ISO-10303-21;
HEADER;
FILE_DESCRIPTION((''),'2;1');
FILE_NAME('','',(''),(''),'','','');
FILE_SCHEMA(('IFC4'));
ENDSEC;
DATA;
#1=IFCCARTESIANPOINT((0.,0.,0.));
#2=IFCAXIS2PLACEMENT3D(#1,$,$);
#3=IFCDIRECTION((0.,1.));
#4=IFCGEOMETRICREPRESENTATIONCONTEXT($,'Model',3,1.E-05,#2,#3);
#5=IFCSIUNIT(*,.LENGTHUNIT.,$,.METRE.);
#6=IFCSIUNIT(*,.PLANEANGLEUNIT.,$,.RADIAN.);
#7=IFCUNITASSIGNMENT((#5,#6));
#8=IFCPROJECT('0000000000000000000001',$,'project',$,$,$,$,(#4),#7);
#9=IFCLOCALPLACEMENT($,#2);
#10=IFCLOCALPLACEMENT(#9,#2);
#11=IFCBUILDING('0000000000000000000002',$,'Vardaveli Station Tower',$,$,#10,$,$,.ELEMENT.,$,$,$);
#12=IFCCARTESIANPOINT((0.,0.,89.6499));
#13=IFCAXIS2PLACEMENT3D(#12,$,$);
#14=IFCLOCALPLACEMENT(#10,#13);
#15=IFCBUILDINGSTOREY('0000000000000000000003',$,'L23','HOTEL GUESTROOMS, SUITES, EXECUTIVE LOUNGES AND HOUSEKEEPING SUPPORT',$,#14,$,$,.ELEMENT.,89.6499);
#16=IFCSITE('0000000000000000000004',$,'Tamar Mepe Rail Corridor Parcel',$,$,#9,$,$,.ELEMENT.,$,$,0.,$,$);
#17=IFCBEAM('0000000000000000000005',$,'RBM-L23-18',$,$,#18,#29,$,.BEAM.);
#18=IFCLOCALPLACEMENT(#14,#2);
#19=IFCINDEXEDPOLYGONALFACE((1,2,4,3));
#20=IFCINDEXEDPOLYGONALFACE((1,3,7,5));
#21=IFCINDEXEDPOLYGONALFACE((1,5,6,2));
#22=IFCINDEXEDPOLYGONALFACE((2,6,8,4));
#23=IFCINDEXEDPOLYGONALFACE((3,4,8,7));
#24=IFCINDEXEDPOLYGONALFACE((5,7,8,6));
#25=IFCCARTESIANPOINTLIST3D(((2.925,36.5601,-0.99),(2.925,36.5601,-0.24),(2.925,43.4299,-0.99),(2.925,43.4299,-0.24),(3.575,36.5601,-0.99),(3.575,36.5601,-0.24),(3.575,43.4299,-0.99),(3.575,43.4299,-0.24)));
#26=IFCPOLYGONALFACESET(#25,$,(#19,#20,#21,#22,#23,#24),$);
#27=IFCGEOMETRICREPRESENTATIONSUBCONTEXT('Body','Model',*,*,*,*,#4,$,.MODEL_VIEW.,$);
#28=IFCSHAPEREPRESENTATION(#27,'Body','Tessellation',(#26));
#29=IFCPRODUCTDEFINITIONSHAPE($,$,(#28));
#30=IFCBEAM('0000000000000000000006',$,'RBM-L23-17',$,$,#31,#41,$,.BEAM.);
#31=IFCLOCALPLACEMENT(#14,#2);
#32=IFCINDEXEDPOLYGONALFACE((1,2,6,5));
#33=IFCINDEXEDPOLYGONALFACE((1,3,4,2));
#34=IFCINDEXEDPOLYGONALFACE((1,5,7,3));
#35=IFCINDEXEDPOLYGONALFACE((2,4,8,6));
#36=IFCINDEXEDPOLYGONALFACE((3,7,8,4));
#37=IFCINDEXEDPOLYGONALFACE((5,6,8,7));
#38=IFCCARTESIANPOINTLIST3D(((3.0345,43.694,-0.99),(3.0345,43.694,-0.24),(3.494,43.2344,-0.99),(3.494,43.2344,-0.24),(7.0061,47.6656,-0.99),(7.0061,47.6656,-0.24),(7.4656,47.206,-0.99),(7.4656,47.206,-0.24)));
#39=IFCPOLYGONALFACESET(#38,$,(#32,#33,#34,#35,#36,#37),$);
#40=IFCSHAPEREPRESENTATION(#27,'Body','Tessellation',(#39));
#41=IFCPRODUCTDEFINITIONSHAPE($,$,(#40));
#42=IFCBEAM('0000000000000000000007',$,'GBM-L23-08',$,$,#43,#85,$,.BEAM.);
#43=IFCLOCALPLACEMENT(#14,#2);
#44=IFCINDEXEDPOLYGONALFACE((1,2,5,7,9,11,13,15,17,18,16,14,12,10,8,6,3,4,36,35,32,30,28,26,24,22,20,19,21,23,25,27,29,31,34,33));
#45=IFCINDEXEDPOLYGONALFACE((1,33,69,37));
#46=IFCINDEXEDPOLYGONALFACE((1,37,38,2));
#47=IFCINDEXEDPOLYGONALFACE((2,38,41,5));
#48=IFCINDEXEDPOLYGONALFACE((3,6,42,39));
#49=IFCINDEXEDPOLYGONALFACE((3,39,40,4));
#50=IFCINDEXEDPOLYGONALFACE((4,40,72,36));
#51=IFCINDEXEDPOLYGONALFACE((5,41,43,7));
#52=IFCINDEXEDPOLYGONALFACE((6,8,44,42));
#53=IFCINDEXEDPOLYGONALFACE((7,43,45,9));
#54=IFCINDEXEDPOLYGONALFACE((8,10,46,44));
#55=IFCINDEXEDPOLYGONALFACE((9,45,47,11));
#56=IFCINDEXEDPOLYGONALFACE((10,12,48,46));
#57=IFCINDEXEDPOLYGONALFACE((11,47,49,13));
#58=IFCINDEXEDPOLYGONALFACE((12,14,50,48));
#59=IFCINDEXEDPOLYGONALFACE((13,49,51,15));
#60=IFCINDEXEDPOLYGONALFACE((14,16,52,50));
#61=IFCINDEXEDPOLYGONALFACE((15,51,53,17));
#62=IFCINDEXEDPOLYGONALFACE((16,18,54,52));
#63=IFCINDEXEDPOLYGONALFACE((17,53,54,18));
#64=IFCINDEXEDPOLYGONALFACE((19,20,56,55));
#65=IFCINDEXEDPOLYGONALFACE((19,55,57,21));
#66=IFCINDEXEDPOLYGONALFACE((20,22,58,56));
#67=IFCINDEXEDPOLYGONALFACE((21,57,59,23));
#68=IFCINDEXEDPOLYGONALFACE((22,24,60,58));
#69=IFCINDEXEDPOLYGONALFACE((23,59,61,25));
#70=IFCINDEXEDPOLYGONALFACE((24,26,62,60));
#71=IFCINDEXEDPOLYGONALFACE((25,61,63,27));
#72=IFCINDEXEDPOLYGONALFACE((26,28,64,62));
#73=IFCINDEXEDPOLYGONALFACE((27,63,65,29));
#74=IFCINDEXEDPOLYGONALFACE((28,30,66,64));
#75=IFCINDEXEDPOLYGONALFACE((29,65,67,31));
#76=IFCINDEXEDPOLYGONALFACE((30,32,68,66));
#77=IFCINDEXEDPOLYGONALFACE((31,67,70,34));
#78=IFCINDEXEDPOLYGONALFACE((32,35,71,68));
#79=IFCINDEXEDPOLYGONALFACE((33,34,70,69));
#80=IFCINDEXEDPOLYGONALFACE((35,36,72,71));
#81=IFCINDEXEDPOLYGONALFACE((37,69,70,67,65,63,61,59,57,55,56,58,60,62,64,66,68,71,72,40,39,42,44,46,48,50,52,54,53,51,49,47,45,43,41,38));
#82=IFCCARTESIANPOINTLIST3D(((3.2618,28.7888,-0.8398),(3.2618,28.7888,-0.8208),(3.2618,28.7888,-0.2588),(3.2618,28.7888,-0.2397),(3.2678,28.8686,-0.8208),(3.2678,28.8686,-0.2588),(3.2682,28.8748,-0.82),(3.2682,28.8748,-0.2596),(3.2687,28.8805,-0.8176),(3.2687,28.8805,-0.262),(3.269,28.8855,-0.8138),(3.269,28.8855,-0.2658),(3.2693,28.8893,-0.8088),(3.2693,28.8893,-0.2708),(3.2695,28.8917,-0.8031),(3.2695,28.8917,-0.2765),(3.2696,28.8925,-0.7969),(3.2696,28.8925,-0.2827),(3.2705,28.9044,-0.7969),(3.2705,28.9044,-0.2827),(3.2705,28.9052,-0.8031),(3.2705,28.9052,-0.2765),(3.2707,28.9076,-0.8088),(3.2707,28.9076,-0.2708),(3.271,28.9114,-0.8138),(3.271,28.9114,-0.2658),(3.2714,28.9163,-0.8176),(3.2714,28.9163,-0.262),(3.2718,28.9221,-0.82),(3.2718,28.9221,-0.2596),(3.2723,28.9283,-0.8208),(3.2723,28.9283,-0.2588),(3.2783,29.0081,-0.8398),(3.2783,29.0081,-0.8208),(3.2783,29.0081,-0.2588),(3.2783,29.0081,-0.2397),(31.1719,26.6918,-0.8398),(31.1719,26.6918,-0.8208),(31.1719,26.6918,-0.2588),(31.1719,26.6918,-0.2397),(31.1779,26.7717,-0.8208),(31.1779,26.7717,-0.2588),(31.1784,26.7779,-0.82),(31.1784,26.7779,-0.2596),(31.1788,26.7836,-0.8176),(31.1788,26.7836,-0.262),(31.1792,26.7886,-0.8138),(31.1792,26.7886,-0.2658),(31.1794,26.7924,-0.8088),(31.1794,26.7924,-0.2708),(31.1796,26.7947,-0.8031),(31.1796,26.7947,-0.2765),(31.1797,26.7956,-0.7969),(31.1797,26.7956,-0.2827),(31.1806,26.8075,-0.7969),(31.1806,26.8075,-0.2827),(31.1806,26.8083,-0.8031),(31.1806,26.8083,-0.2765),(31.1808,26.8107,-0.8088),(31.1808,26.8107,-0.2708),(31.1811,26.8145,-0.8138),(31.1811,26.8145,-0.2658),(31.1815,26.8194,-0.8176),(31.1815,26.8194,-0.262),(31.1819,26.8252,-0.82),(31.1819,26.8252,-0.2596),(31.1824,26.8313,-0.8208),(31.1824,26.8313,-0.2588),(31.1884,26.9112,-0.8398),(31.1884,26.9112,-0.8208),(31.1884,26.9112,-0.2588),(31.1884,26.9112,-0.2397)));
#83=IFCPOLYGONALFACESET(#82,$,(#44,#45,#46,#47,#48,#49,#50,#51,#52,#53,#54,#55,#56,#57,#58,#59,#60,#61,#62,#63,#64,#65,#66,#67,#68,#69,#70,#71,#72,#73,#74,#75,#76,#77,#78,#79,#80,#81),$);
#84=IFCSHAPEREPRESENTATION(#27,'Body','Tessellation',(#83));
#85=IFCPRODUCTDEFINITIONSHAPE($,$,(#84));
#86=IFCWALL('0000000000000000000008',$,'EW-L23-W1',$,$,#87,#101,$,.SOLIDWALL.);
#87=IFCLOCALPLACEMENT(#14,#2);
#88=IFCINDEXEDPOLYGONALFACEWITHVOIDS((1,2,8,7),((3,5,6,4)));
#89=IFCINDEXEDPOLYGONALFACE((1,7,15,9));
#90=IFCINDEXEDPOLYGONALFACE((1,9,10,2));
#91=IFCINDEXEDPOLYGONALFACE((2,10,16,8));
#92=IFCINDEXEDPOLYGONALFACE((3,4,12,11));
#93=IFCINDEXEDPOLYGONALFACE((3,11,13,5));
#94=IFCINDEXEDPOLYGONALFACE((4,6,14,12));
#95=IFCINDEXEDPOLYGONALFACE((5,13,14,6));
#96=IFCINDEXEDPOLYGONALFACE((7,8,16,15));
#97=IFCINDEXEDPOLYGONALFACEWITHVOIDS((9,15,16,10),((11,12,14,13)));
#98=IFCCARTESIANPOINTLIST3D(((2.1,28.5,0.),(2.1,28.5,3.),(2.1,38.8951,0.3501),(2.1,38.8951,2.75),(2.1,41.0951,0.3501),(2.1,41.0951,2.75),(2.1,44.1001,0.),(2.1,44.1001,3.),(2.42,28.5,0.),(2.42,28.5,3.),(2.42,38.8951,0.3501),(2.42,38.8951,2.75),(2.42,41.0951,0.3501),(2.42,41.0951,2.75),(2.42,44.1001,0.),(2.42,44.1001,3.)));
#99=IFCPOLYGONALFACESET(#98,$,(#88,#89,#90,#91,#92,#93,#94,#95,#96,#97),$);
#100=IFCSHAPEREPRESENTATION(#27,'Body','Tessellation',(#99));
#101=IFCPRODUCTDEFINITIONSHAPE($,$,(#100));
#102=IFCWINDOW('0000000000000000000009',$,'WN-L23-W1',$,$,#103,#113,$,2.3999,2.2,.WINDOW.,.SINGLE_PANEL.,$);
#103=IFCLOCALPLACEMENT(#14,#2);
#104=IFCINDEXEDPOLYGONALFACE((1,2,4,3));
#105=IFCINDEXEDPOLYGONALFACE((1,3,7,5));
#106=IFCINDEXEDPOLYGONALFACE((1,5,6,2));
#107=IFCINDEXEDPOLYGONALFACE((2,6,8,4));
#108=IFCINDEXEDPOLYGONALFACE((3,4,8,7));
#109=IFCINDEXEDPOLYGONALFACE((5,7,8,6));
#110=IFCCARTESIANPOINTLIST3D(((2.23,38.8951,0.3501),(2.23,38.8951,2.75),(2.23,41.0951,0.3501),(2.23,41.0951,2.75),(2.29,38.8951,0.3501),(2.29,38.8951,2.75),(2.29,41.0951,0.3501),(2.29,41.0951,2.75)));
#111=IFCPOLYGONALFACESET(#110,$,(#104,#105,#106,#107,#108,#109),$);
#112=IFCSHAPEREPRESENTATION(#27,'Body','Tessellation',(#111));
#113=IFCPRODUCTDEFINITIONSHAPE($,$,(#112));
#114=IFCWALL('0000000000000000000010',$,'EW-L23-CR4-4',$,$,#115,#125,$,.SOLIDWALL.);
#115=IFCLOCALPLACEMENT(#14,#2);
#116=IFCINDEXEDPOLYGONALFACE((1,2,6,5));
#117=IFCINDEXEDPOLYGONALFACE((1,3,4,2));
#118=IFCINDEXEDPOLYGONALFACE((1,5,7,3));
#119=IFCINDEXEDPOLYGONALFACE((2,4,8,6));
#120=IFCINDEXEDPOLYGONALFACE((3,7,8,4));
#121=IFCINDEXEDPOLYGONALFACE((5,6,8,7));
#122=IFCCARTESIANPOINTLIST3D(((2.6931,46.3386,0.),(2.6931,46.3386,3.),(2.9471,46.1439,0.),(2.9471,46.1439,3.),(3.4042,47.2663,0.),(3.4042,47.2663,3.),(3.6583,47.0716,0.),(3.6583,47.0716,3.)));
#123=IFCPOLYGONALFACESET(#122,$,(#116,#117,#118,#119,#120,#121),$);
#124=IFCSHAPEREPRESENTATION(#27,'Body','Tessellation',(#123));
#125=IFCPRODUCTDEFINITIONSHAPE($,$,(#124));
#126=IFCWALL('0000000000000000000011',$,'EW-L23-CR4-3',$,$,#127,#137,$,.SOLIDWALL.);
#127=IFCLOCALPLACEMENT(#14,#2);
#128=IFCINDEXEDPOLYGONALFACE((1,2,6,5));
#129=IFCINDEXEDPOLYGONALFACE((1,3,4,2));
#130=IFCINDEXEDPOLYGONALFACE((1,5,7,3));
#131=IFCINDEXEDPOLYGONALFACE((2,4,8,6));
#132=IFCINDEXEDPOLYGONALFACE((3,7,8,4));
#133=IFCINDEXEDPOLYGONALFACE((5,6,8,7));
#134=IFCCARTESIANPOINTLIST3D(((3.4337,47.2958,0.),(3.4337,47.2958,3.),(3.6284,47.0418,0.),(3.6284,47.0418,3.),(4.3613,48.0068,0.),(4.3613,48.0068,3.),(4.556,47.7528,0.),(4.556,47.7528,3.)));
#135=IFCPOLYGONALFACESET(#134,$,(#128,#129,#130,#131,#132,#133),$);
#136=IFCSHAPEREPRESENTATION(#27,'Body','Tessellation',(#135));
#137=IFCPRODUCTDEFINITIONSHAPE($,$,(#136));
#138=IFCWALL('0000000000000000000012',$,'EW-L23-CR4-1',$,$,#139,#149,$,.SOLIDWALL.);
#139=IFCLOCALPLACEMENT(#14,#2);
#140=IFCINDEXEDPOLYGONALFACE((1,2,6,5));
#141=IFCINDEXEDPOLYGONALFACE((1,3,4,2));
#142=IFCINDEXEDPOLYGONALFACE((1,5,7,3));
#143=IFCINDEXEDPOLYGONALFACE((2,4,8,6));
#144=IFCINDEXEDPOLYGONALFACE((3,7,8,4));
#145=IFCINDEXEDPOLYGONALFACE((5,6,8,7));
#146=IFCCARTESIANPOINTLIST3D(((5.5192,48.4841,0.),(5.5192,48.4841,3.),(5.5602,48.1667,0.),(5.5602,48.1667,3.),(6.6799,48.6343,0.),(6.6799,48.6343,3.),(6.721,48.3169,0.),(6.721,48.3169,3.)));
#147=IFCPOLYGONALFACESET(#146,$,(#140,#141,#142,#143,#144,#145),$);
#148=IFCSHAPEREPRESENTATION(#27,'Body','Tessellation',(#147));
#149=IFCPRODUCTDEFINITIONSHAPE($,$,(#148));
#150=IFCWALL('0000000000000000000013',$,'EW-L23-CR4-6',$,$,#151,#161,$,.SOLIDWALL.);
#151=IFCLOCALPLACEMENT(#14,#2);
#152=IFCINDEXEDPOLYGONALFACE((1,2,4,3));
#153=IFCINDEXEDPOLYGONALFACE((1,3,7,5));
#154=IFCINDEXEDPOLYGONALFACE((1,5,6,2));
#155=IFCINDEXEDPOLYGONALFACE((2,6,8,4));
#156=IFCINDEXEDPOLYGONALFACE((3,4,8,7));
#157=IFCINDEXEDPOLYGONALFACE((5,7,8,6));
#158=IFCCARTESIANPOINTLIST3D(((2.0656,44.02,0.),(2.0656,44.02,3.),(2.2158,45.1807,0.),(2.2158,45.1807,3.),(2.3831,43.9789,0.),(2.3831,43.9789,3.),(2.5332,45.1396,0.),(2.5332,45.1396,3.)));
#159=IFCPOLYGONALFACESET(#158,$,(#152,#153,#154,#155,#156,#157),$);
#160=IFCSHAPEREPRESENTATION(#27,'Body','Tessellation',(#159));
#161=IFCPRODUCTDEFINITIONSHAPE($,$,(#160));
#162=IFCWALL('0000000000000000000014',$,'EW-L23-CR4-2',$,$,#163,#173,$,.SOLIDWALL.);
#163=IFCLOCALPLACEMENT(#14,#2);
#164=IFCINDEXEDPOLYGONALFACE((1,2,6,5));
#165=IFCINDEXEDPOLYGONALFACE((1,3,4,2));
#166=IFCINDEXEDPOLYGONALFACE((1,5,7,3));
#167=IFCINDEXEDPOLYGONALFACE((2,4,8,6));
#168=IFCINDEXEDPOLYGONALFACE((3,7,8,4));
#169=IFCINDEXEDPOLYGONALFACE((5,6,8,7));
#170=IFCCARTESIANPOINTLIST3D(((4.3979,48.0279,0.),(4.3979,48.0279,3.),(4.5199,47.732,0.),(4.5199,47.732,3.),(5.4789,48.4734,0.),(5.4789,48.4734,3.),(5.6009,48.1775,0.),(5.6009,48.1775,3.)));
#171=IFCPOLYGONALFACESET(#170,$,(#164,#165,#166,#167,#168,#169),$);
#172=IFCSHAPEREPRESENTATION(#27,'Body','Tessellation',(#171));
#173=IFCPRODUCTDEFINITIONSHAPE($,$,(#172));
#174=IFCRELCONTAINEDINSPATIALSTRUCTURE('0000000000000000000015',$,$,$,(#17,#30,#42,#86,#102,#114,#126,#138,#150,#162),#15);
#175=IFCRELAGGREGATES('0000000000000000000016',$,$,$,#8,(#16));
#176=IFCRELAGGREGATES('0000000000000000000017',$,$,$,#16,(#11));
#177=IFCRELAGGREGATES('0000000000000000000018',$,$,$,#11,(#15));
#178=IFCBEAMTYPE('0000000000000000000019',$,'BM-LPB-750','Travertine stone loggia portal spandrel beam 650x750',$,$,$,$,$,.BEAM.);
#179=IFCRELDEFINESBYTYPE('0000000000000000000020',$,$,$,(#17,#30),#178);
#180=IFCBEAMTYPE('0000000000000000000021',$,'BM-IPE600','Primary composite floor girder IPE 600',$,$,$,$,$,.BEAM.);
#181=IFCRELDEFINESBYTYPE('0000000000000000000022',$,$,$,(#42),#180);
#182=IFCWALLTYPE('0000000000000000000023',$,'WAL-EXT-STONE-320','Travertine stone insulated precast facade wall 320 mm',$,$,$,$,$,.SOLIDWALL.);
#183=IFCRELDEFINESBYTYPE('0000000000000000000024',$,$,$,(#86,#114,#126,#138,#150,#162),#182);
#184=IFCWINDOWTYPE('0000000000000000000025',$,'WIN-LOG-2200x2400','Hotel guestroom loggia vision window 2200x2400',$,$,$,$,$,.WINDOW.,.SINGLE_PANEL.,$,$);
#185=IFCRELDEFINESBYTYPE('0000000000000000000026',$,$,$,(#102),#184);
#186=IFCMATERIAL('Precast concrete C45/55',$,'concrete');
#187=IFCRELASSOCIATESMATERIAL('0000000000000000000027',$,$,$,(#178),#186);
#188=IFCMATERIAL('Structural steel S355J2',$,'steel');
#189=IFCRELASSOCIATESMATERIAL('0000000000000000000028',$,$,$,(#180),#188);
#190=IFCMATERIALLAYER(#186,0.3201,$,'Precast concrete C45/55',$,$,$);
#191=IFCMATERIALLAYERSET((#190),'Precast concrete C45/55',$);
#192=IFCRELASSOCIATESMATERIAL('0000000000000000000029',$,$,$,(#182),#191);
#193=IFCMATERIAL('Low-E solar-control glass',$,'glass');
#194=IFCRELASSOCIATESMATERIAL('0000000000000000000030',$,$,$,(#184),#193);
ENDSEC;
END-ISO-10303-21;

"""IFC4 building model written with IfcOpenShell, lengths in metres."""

from ifc_helpers import new_model, si_unit, direction, frame, frame_2d, origin, origin_2d, place, context, subcontext, project, spatial, rectangle, i_section, extrude, source, transform, mapped, material, layer, layer_set, material_profile, profile_set, type_object, element, fill, save


model = new_model("IFC4")

# Units and contexts
model_context = context("Model", 3, precision=1e-05, world=origin(), true_north=direction((0.0, 1.0)))
body_context = subcontext(model_context, "Body", "Model", "MODEL_VIEW")
ifc_project = project(units=[si_unit("LENGTHUNIT", "METRE"), si_unit("PLANEANGLEUNIT", "RADIAN")], contexts=[model_context])

# Site, building, storey
site_placement = place(None, origin())
site = spatial("IfcSite", under=ifc_project, at=site_placement, Name="Tamar Mepe Rail Corridor Parcel", CompositionType="ELEMENT", RefElevation=0.0)
building_placement = place(site_placement, origin())
building = spatial("IfcBuilding", under=site, at=building_placement, Name="Vardaveli Station Tower", CompositionType="ELEMENT")
storey_placement = place(building_placement, frame((0.0, 0.0, 89.6499)))
storey = spatial("IfcBuildingStorey", under=building, at=storey_placement, Name="L23", Description="HOTEL GUESTROOMS, SUITES, EXECUTIVE LOUNGES AND HOUSEKEEPING SUPPORT", CompositionType="ELEMENT", Elevation=89.6499)

# Beams
ifc_material_1 = material(Name="Precast concrete C45/55", Category="concrete")
ifc_material_profile_1 = material_profile(ifc_material_1, rectangle(XDim=0.6499, YDim=0.75, at=origin_2d()), Name="LPB 650x750")
ifc_profile_set_1 = profile_set([ifc_material_profile_1], Name="Precast concrete C45/55")
beam_type_1 = type_object("IfcBeamType", Name="BM-LPB-750", Description="Travertine stone loggia portal spandrel beam 650x750", PredefinedType="BEAM", material=ifc_profile_set_1)
shared_shape_1 = source(origin(), body_context, "Body", "SweptSolid", [
    extrude(rectangle(XDim=0.6499, YDim=0.75, at=origin_2d()), origin(), (0.0, 0.0, 1.0), 6.8699),
])
for number, where, z_axis, x_axis, name in (
    (1, (3.25, 43.4299, -0.615), (0.0, -1.0, 0.0), (1.0, 0.0, 0.0), "RBM-L23-18"),
):
    element("IfcBeam", number, at=place(storey_placement, frame(where, z_axis=z_axis, x_axis=x_axis)), inside=storey, type_object=beam_type_1, Name=name, PredefinedType="BEAM", context=body_context, shape_type="MappedRepresentation", body=[
        mapped(shared_shape_1, transform((0.0, 0.0, 0.0), scale=1.0)),
    ])
shared_shape_2 = source(origin(), body_context, "Body", "SweptSolid", [
    extrude(rectangle(XDim=0.6499, YDim=0.75, at=origin_2d()), origin(), (0.0, 0.0, 1.0), 5.6167),
])
beam_1_placement = place(storey_placement, frame((7.2358, 47.4358, -0.615), z_axis=(-0.707107, -0.707107, 0.0), x_axis=(0.707107, -0.707107, 0.0)))
element("IfcBeam", 2, at=beam_1_placement, inside=storey, type_object=beam_type_1, Name="RBM-L23-17", PredefinedType="BEAM", context=body_context, shape_type="MappedRepresentation", body=[
    mapped(shared_shape_2, transform((0.0, 0.0, 0.0), scale=1.0)),
])
ifc_material_2 = material(Name="Structural steel S355J2", Category="steel")
ifc_material_profile_2 = material_profile(ifc_material_2, i_section(OverallWidth=0.22, OverallDepth=0.6001, WebThickness=0.012, FlangeThickness=0.019, FilletRadius=0.0239, at=origin_2d()), Name="IPE 600")
ifc_profile_set_2 = profile_set([ifc_material_profile_2], Name="Structural steel S355J2")
beam_type_2 = type_object("IfcBeamType", Name="BM-IPE600", Description="Primary composite floor girder IPE 600", PredefinedType="BEAM", material=ifc_profile_set_2)
shared_shape_3 = source(origin(), body_context, "Body", "SweptSolid", [
    extrude(i_section(OverallWidth=0.22, OverallDepth=0.6001, WebThickness=0.012, FlangeThickness=0.019, FilletRadius=0.0239, at=origin_2d()), origin(), (0.0, 0.0, 1.0), 27.9888),
])
beam_2_placement = place(storey_placement, frame((3.27, 28.8984, -0.5398), z_axis=(0.99719, -0.07492, 0.0), x_axis=(0.07492, 0.99719, 0.0)))
element("IfcBeam", 3, at=beam_2_placement, inside=storey, type_object=beam_type_2, Name="GBM-L23-08", PredefinedType="BEAM", context=body_context, shape_type="MappedRepresentation", body=[
    mapped(shared_shape_3, transform((0.0, 0.0, 0.0), scale=1.0)),
])

# Wall, opening, window
ifc_layer_1 = layer(ifc_material_1, 0.3201, Name="Precast concrete C45/55")
ifc_layer_set_1 = layer_set([ifc_layer_1], Name="Precast concrete C45/55")
wall_type_1 = type_object("IfcWallType", Name="WAL-EXT-STONE-320", Description="Travertine stone insulated precast facade wall 320 mm", PredefinedType="SOLIDWALL", material=ifc_layer_set_1)
shared_shape_4 = source(origin(), body_context, "Body", "SweptSolid", [
    extrude(rectangle(XDim=15.6001, YDim=0.3201, at=frame_2d((7.8, 0.0))), origin(), (0.0, 0.0, 1.0), 3.0),
])
wall_1_placement = place(storey_placement, frame((2.26, 44.1001, 0.0), z_axis=(0.0, 0.0, 1.0), x_axis=(0.0, -1.0, 0.0)))
wall_1 = element("IfcWall", 4, at=wall_1_placement, inside=storey, type_object=wall_type_1, Name="EW-L23-W1", PredefinedType="SOLIDWALL", context=body_context, shape_type="MappedRepresentation", body=[
    mapped(shared_shape_4, transform((0.0, 0.0, 0.0), scale=1.0)),
])
shared_shape_5 = source(origin(), body_context, "Body", "SweptSolid", [
    extrude(rectangle(XDim=2.2, YDim=2.3999, at=frame_2d((1.1001, 1.2))), frame((0.0, 0.1699, 0.0), z_axis=(0.0, -1.0, 0.0), x_axis=(1.0, 0.0, 0.0)), (0.0, 0.0, 1.0), 0.3401),
])
opening_1_placement = place(wall_1_placement, frame((3.0049, 0.0, 0.3501)))
opening_1 = element("IfcOpeningElement", 5, at=opening_1_placement, cuts=wall_1, PredefinedType="OPENING", context=body_context, shape_type="MappedRepresentation", body=[
    mapped(shared_shape_5, transform((0.0, 0.0, 0.0), scale=1.0)),
])
ifc_material_3 = material(Name="Low-E solar-control glass", Category="glass")
window_type = type_object("IfcWindowType", Name="WIN-LOG-2200x2400", Description="Hotel guestroom loggia vision window 2200x2400", PartitioningType="SINGLE_PANEL", PredefinedType="WINDOW", material=ifc_material_3)
shared_shape_6 = source(origin(), body_context, "Body", "SweptSolid", [
    extrude(rectangle(XDim=2.2, YDim=2.3999, at=frame_2d((1.1001, 1.2))), frame((0.0, 0.03, 0.0), z_axis=(0.0, -1.0, 0.0), x_axis=(1.0, 0.0, 0.0)), (0.0, 0.0, 1.0), 0.0601),
])
window_placement = place(opening_1_placement, origin())
window = element("IfcWindow", 6, at=window_placement, inside=storey, type_object=window_type, Name="WN-L23-W1", OverallHeight=2.3999, OverallWidth=2.2, PartitioningType="SINGLE_PANEL", PredefinedType="WINDOW", context=body_context, shape_type="MappedRepresentation", body=[
    mapped(shared_shape_6, transform((0.0, 0.0, 0.0), scale=1.0)),
])
fill(opening_1, window)

# Walls
shared_shape_7 = source(origin(), body_context, "Body", "SweptSolid", [
    extrude(rectangle(XDim=1.1689, YDim=0.3201, at=frame_2d((0.5845, 0.0))), origin(), (0.0, 0.0, 1.0), 3.0),
])
wall_2_placement = place(storey_placement, frame((3.5312, 47.1689, 0.0), z_axis=(0.0, 0.0, 1.0), x_axis=(-0.608388, -0.79364, 0.0)))
element("IfcWall", 7, at=wall_2_placement, inside=storey, type_object=wall_type_1, Name="EW-L23-CR4-4", PredefinedType="SOLIDWALL", context=body_context, shape_type="MappedRepresentation", body=[
    mapped(shared_shape_7, transform((0.0, 0.0, 0.0), scale=1.0)),
])
shared_shape_8 = source(origin(), body_context, "Body", "SweptSolid", [
    extrude(rectangle(XDim=1.1687, YDim=0.3201, at=frame_2d((0.5845, 0.0))), origin(), (0.0, 0.0, 1.0), 3.0),
])
wall_3_placement = place(storey_placement, frame((4.4587, 47.8799, 0.0), z_axis=(0.0, 0.0, 1.0), x_axis=(-0.793664, -0.608357, 0.0)))
element("IfcWall", 8, at=wall_3_placement, inside=storey, type_object=wall_type_1, Name="EW-L23-CR4-3", PredefinedType="SOLIDWALL", context=body_context, shape_type="MappedRepresentation", body=[
    mapped(shared_shape_8, transform((0.0, 0.0, 0.0), scale=1.0)),
])
shared_shape_9 = source(origin(), body_context, "Body", "SweptSolid", [
    extrude(rectangle(XDim=1.1704, YDim=0.3201, at=frame_2d((0.5852, 0.0))), origin(), (0.0, 0.0, 1.0), 3.0),
])
for number, where, z_axis, x_axis, name in (
    (9, (6.7004, 48.4756, 0.0), (0.0, 0.0, 1.0), (-0.991736, -0.128296, 0.0), "EW-L23-CR4-1"),
    (10, (2.3745, 45.1602, 0.0), (0.0, 0.0, 1.0), (-0.128296, -0.991736, 0.0), "EW-L23-CR4-6"),
):
    element("IfcWall", number, at=place(storey_placement, frame(where, z_axis=z_axis, x_axis=x_axis)), inside=storey, type_object=wall_type_1, Name=name, PredefinedType="SOLIDWALL", context=body_context, shape_type="MappedRepresentation", body=[
        mapped(shared_shape_9, transform((0.0, 0.0, 0.0), scale=1.0)),
    ])
shared_shape_10 = source(origin(), body_context, "Body", "SweptSolid", [
    extrude(rectangle(XDim=1.1692, YDim=0.3201, at=frame_2d((0.5845, 0.0))), origin(), (0.0, 0.0, 1.0), 3.0),
])
for number, where, z_axis, x_axis, name in (
    (11, (5.5398, 48.3254, 0.0), (0.0, 0.0, 1.0), (-0.924553, -0.381054, 0.0), "EW-L23-CR4-2"),
):
    element("IfcWall", number, at=place(storey_placement, frame(where, z_axis=z_axis, x_axis=x_axis)), inside=storey, type_object=wall_type_1, Name=name, PredefinedType="SOLIDWALL", context=body_context, shape_type="MappedRepresentation", body=[
        mapped(shared_shape_10, transform((0.0, 0.0, 0.0), scale=1.0)),
    ])

save(model, "model.ifc")
